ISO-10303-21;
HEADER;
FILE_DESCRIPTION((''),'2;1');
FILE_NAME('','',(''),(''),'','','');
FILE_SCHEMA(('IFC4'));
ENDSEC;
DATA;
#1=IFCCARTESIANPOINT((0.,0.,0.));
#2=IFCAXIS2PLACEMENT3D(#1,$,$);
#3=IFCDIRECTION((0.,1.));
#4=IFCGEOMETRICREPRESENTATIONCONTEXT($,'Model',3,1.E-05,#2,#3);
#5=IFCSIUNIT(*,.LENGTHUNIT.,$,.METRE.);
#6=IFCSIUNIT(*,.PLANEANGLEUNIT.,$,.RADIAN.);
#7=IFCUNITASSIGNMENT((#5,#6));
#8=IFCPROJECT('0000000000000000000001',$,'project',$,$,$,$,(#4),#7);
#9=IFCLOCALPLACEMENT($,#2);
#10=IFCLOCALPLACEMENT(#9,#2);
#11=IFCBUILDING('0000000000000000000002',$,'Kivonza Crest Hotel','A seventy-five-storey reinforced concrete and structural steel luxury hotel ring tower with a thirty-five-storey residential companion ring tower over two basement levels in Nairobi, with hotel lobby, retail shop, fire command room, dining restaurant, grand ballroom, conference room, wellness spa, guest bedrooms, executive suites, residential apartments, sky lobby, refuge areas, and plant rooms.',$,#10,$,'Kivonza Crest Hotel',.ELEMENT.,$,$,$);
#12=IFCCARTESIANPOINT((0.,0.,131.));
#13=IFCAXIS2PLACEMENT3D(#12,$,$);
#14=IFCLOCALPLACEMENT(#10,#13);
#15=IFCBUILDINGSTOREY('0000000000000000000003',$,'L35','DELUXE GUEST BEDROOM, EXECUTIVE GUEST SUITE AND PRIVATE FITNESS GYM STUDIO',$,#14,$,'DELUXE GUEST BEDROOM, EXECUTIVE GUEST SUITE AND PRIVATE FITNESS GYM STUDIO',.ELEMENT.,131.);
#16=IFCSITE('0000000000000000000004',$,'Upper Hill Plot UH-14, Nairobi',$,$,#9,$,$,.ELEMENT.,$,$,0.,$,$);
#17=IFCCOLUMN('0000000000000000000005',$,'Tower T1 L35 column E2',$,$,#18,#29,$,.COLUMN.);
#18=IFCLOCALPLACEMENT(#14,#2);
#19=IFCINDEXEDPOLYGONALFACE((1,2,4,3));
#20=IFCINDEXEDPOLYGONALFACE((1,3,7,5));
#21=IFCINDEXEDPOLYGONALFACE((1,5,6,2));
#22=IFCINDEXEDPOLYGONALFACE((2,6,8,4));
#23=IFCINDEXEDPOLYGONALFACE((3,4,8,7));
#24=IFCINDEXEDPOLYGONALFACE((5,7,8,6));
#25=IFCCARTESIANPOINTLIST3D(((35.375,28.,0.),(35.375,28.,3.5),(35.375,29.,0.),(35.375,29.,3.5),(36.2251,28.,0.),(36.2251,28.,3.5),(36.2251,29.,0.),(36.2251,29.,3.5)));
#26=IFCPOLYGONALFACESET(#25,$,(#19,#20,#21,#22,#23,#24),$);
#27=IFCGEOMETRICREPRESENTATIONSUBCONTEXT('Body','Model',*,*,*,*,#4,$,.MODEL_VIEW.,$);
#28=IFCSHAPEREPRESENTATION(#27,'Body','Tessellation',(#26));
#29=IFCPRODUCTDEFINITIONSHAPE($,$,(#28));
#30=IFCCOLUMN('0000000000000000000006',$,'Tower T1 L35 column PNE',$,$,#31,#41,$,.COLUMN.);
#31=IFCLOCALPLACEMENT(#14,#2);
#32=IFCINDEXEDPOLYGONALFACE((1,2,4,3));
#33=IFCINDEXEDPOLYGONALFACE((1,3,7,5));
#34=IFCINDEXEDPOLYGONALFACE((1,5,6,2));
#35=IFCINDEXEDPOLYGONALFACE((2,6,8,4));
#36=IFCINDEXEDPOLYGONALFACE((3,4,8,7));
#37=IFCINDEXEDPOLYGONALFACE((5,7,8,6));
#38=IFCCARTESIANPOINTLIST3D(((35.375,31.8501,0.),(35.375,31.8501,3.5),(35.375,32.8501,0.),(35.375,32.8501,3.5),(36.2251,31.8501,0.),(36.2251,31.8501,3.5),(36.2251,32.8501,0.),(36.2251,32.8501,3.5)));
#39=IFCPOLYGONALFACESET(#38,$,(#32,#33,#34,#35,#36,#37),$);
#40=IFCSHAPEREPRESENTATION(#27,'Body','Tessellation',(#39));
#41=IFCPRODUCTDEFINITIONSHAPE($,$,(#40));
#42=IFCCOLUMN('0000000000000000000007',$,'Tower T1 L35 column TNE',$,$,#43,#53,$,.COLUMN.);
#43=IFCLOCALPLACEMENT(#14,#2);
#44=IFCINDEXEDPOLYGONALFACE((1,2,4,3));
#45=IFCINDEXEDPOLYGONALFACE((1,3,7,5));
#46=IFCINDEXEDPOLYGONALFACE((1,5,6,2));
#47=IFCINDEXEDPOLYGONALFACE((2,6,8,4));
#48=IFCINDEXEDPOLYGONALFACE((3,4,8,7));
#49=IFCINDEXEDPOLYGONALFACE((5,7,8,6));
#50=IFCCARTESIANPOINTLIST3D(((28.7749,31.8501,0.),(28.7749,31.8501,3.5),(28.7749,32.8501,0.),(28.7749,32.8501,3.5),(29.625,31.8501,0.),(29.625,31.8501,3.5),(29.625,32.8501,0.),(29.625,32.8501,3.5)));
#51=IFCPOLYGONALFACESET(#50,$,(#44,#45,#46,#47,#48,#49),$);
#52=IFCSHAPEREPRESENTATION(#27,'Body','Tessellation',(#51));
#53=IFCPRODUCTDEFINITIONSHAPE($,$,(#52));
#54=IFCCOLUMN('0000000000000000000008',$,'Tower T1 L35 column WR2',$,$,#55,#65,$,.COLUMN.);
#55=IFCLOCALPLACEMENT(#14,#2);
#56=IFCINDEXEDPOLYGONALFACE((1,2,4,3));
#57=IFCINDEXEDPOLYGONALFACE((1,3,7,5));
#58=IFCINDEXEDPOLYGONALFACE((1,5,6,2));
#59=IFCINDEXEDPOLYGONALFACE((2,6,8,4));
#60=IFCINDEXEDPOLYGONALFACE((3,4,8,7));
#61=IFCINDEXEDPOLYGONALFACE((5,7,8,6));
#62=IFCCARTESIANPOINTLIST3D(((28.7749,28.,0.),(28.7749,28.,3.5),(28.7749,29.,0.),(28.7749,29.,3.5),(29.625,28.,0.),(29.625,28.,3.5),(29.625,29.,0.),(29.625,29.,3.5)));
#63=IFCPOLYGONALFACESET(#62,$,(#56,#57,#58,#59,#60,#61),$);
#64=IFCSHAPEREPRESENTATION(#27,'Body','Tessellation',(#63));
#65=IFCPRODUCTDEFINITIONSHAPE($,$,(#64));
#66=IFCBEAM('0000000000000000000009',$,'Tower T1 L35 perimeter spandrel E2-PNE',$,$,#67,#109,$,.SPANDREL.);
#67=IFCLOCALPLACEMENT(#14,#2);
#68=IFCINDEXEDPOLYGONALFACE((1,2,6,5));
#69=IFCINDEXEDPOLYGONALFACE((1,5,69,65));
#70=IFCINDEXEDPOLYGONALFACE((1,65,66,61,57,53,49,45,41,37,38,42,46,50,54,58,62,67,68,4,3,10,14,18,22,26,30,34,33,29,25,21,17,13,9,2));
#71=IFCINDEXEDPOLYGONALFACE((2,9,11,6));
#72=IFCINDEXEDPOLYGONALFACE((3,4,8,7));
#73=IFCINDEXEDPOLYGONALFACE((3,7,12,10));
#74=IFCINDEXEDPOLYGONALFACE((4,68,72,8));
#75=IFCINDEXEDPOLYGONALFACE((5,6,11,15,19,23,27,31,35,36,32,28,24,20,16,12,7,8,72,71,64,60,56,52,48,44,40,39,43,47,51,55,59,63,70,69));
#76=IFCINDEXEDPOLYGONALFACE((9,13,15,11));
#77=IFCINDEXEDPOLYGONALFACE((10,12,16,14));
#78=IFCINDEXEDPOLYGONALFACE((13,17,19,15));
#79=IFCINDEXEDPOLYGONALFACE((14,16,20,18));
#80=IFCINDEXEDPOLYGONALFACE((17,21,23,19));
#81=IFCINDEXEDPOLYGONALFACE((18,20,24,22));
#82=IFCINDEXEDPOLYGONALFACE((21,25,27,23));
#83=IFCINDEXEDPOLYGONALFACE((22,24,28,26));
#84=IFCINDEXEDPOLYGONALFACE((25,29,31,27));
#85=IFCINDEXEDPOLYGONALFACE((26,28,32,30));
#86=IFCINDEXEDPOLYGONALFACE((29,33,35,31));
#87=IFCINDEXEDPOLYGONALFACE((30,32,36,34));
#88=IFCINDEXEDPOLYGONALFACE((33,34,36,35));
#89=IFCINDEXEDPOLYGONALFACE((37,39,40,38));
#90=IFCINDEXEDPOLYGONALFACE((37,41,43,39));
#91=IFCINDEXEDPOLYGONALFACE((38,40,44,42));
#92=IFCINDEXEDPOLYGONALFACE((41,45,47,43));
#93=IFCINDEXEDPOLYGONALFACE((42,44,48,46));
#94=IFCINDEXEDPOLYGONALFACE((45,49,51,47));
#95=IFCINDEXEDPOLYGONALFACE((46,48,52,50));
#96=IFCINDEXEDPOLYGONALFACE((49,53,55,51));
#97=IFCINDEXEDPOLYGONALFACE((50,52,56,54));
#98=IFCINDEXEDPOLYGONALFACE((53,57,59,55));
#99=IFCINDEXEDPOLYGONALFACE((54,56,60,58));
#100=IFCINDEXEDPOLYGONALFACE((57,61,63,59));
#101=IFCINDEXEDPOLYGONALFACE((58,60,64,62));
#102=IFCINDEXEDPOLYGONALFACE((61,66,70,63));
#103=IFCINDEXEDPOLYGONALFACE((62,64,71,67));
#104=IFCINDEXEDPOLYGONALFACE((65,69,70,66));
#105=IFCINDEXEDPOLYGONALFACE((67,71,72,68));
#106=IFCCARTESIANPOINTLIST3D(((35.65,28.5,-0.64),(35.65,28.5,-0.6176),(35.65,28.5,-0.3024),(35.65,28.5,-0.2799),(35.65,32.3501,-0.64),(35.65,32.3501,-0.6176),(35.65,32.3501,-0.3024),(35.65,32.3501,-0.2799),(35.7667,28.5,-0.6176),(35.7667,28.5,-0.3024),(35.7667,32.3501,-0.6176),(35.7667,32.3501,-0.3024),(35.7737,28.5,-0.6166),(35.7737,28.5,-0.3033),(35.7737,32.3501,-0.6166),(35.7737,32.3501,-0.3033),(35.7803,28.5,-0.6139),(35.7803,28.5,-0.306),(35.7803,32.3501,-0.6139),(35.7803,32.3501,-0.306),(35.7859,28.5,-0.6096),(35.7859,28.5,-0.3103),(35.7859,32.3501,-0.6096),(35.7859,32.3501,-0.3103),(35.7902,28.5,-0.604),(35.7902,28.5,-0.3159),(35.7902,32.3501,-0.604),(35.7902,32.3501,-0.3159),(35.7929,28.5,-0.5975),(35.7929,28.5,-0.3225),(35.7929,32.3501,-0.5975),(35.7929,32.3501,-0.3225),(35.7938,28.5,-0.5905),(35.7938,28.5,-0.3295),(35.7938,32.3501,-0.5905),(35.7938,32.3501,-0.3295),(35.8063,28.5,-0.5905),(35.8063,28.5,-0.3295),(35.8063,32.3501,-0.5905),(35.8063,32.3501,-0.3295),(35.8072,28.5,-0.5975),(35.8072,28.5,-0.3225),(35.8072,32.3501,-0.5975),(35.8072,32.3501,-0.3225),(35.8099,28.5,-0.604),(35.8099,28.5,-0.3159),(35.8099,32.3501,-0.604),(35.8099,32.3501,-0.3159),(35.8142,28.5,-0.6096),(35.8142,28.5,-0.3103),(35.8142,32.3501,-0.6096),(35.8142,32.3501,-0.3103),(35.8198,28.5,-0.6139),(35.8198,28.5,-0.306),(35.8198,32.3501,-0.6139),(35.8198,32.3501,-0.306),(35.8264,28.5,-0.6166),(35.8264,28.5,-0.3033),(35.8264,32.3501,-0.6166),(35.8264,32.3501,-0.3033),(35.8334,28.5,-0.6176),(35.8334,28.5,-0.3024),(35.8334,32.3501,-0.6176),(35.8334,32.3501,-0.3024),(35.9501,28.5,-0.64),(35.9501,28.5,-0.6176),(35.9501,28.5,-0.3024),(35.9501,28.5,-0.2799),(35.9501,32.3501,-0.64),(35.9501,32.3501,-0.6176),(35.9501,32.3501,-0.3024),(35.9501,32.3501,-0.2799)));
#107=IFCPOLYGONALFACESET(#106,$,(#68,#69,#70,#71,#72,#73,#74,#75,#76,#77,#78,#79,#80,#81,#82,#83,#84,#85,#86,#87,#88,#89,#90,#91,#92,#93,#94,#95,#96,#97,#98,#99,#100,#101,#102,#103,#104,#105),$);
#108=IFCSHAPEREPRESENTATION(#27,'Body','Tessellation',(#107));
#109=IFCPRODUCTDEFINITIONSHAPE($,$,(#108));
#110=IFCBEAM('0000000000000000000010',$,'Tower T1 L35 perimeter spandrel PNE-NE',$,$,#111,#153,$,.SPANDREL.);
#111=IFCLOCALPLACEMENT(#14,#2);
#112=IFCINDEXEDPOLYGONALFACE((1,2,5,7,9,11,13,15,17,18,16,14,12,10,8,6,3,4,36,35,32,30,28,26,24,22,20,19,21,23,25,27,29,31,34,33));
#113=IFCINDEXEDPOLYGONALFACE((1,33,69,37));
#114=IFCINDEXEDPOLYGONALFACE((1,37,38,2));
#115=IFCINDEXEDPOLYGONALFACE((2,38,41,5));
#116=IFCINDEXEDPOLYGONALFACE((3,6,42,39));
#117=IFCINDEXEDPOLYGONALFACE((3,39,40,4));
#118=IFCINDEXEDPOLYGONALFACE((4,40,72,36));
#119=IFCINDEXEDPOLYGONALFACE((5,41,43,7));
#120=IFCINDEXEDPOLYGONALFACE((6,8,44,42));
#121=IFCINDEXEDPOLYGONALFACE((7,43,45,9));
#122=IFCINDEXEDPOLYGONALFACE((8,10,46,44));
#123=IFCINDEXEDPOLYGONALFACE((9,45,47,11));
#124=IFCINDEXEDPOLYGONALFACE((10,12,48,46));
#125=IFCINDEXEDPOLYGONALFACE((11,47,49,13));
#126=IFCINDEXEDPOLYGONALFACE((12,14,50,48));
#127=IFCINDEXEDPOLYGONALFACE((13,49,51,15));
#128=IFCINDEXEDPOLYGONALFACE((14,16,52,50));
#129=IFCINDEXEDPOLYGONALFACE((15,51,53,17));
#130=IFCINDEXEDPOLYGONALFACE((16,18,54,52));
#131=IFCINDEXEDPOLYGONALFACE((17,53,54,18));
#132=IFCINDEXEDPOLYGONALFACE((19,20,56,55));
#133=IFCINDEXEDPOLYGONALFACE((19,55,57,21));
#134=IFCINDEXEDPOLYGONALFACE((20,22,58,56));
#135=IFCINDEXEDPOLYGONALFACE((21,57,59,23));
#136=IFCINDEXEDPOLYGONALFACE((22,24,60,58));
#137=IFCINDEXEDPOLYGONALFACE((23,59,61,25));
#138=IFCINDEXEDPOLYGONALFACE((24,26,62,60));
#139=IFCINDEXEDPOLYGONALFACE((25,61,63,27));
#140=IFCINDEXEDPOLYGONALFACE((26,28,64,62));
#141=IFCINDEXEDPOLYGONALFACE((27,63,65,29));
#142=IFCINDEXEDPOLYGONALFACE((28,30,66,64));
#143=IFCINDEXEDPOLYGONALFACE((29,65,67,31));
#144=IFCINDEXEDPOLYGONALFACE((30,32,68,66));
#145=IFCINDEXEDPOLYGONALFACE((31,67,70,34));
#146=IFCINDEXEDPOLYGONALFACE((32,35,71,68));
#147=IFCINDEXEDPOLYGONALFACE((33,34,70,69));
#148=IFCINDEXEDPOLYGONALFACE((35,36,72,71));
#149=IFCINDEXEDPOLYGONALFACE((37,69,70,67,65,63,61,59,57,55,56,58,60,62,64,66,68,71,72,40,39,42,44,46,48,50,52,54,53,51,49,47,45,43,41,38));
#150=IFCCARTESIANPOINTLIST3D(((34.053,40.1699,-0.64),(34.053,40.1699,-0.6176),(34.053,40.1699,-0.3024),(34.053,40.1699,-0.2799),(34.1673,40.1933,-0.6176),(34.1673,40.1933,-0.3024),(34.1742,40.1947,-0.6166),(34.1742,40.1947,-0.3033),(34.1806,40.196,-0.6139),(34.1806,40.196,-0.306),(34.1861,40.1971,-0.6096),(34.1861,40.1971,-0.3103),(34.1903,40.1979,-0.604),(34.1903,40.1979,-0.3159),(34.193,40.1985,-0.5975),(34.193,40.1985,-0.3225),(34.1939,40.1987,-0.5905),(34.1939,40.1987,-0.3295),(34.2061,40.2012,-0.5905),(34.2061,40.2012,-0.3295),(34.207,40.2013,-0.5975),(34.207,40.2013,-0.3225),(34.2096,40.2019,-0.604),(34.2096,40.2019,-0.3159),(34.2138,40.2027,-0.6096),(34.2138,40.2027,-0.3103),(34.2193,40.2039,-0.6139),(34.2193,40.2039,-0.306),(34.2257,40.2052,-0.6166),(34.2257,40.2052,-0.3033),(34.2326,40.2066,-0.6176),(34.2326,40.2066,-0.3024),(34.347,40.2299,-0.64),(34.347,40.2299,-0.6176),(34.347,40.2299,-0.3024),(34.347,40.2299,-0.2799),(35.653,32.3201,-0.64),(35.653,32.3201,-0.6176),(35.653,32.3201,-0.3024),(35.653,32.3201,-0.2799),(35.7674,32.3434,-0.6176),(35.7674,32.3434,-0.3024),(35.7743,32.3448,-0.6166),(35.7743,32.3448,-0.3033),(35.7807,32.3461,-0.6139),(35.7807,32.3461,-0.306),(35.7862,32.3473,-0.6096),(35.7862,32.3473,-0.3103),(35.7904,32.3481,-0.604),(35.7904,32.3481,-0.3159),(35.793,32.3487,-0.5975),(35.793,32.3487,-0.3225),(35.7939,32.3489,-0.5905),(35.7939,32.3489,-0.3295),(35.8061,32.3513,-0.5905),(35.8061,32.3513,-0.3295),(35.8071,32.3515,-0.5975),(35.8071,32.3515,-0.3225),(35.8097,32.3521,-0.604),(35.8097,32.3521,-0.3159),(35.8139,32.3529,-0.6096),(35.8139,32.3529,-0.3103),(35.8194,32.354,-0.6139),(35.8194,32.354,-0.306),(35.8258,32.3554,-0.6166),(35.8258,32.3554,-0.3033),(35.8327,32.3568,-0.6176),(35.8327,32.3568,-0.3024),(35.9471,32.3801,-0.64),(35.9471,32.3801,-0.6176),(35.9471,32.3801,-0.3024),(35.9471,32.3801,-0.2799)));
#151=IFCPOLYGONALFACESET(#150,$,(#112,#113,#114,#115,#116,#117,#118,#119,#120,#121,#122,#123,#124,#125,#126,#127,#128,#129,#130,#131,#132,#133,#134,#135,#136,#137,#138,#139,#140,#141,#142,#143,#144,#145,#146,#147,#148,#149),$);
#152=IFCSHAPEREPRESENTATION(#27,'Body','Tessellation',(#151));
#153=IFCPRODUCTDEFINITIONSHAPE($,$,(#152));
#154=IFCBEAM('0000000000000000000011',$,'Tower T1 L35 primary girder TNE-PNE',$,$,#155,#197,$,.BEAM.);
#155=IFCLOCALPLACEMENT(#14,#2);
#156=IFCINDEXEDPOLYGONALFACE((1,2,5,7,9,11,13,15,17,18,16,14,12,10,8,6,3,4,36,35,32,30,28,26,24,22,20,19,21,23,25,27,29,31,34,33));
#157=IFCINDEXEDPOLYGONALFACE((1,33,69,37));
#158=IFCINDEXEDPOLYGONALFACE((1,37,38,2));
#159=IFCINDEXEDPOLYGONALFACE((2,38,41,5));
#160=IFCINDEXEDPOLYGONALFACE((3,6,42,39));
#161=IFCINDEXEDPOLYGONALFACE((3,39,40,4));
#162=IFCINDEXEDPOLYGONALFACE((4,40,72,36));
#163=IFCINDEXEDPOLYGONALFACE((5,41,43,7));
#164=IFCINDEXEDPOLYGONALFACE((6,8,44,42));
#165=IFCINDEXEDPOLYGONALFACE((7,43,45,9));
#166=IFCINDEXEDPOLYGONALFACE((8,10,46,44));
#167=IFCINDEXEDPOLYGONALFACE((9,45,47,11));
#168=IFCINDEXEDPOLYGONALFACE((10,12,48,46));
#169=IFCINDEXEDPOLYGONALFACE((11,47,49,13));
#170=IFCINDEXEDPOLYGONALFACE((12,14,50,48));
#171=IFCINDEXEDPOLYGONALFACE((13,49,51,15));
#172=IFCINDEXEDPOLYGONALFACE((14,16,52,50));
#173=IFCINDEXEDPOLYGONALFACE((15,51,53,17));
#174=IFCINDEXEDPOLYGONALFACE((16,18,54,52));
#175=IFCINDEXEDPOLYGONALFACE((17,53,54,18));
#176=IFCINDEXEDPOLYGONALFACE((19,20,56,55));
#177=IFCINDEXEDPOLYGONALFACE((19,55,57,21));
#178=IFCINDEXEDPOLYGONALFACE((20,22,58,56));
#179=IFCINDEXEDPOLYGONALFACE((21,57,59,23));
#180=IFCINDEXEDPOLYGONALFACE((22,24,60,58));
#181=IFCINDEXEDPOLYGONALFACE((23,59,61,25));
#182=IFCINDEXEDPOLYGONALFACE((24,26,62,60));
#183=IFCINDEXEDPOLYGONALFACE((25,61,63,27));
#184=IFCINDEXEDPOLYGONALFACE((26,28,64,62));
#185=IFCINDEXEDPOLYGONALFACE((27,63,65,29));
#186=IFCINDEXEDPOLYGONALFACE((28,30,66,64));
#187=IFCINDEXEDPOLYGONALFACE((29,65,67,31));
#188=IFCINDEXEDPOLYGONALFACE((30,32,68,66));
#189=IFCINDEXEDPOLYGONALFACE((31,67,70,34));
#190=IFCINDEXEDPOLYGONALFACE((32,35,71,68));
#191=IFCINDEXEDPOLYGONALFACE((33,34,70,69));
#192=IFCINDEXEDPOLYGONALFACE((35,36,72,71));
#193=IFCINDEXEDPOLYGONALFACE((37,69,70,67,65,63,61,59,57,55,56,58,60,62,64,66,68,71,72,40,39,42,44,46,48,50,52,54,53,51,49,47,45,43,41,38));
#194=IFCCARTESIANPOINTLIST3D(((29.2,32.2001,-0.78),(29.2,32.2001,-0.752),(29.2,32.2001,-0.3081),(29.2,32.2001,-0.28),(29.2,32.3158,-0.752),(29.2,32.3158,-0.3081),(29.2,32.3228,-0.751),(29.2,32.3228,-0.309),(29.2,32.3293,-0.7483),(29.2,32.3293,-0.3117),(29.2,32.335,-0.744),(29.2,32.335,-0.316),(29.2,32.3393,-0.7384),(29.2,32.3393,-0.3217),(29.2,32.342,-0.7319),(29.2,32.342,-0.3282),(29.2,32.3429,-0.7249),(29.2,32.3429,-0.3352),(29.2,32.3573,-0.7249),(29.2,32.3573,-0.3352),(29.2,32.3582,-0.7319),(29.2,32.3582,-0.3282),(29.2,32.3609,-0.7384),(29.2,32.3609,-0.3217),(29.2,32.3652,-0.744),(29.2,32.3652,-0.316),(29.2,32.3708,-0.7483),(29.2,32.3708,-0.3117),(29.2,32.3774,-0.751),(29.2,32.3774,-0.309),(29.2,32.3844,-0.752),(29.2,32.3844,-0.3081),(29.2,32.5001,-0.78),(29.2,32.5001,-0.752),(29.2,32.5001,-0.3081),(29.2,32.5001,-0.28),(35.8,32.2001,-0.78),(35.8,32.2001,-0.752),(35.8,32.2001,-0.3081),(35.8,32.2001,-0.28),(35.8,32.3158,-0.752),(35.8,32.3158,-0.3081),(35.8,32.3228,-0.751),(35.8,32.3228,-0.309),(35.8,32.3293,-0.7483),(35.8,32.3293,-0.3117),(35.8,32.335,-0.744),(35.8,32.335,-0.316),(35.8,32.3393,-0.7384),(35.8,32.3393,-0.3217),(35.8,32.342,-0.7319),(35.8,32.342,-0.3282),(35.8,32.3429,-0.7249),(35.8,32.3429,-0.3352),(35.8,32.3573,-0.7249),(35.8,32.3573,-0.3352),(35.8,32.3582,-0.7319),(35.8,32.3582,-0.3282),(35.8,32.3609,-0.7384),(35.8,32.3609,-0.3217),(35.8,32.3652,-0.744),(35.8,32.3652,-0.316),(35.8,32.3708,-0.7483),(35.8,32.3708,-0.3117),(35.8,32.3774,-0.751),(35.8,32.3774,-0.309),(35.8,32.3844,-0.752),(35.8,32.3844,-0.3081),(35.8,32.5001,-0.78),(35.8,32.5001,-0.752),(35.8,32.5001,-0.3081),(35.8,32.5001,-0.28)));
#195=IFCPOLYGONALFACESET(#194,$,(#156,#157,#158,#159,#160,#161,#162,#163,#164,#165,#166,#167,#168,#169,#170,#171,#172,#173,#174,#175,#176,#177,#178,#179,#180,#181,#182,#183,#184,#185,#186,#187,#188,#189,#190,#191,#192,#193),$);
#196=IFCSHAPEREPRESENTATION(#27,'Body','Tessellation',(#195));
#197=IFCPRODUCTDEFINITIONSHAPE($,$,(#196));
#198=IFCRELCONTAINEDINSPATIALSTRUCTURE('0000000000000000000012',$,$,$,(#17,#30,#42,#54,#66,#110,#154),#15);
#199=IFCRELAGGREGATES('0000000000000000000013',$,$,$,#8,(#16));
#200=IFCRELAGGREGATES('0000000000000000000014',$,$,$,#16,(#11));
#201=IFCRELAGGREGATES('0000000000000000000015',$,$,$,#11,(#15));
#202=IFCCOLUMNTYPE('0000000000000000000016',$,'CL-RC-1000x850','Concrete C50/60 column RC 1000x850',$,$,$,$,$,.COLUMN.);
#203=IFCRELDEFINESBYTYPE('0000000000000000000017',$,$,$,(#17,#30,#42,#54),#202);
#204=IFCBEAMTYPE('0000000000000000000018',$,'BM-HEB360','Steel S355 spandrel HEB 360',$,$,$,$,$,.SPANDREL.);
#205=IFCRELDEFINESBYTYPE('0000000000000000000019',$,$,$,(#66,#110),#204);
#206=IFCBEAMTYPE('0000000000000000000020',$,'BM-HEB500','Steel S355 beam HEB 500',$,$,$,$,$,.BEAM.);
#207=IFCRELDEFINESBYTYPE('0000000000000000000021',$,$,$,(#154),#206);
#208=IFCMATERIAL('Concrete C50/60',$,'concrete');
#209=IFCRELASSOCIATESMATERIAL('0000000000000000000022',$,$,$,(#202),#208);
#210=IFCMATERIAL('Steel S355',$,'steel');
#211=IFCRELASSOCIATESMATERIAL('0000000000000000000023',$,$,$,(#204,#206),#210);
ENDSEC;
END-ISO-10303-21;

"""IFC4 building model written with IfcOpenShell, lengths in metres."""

from ifc_helpers import new_model, si_unit, direction, frame, origin, origin_2d, place, context, subcontext, project, spatial, rectangle, i_section, extrude, material, material_profile, profile_set, type_object, element, save


model = new_model("IFC4")

# Units and contexts
model_context = context("Model", 3, precision=1e-05, world=origin(), true_north=direction((0.0, 1.0)))
body_context = subcontext(model_context, "Body", "Model", "MODEL_VIEW")
ifc_project = project(units=[si_unit("LENGTHUNIT", "METRE"), si_unit("PLANEANGLEUNIT", "RADIAN")], contexts=[model_context])

# Site, building, storey
site_placement = place(None, origin())
site = spatial("IfcSite", under=ifc_project, at=site_placement, Name="Upper Hill Plot UH-14, Nairobi", CompositionType="ELEMENT", RefElevation=0.0)
building_placement = place(site_placement, origin())
building = spatial("IfcBuilding", under=site, at=building_placement, Name="Kivonza Crest Hotel", Description="A seventy-five-storey reinforced concrete and structural steel luxury hotel ring tower with a thirty-five-storey residential companion ring tower over two basement levels in Nairobi, with hotel lobby, retail shop, fire command room, dining restaurant, grand ballroom, conference room, wellness spa, guest bedrooms, executive suites, residential apartments, sky lobby, refuge areas, and plant rooms.", LongName="Kivonza Crest Hotel", CompositionType="ELEMENT")
storey_placement = place(building_placement, frame((0.0, 0.0, 131.0)))
storey = spatial("IfcBuildingStorey", under=building, at=storey_placement, Name="L35", Description="DELUXE GUEST BEDROOM, EXECUTIVE GUEST SUITE AND PRIVATE FITNESS GYM STUDIO", LongName="DELUXE GUEST BEDROOM, EXECUTIVE GUEST SUITE AND PRIVATE FITNESS GYM STUDIO", CompositionType="ELEMENT", Elevation=131.0)

# Columns
ifc_material_1 = material(Name="Concrete C50/60", Category="concrete")
ifc_material_profile_1 = material_profile(ifc_material_1, rectangle(XDim=0.8501, YDim=1.0, at=origin_2d()), Name="RC 1000x850")
ifc_profile_set_1 = profile_set([ifc_material_profile_1], Name="Concrete C50/60")
column_type = type_object("IfcColumnType", Name="CL-RC-1000x850", Description="Concrete C50/60 column RC 1000x850", PredefinedType="COLUMN", material=ifc_profile_set_1)
for number, where, z_axis, x_axis, name in (
    (1, (35.8, 28.5, 0.0), (0.0, 0.0, 1.0), (1.0, 0.0, 0.0), "Tower T1 L35 column E2"),
    (2, (35.8, 32.3501, 0.0), (0.0, 0.0, 1.0), (1.0, 0.0, 0.0), "Tower T1 L35 column PNE"),
    (3, (29.2, 32.3501, 0.0), (0.0, 0.0, 1.0), (1.0, 0.0, 0.0), "Tower T1 L35 column TNE"),
    (4, (29.2, 28.5, 0.0), (0.0, 0.0, 1.0), (1.0, 0.0, 0.0), "Tower T1 L35 column WR2"),
):
    element("IfcColumn", number, at=place(storey_placement, frame(where, z_axis=z_axis, x_axis=x_axis)), inside=storey, type_object=column_type, Name=name, PredefinedType="COLUMN", context=body_context, shape_type="SweptSolid", body=[
        extrude(rectangle(XDim=0.8501, YDim=1.0, at=origin_2d()), origin(), (0.0, 0.0, 1.0), 3.5),
    ])

# Beams
ifc_material_2 = material(Name="Steel S355", Category="steel")
ifc_material_profile_2 = material_profile(ifc_material_2, i_section(OverallWidth=0.3, OverallDepth=0.3601, WebThickness=0.0125, FlangeThickness=0.0225, FilletRadius=0.0271, at=origin_2d()), Name="HEB 360")
ifc_profile_set_2 = profile_set([ifc_material_profile_2], Name="Steel S355")
beam_type_1 = type_object("IfcBeamType", Name="BM-HEB360", Description="Steel S355 spandrel HEB 360", PredefinedType="SPANDREL", material=ifc_profile_set_2)
beam_1_placement = place(storey_placement, frame((35.8, 28.5, -0.46), z_axis=(0.0, 1.0, 0.0), x_axis=(-1.0, 0.0, 0.0)))
element("IfcBeam", 5, at=beam_1_placement, inside=storey, type_object=beam_type_1, Name="Tower T1 L35 perimeter spandrel E2-PNE", PredefinedType="SPANDREL", context=body_context, shape_type="SweptSolid", body=[
    extrude(i_section(OverallWidth=0.3, OverallDepth=0.3601, WebThickness=0.0125, FlangeThickness=0.0225, FilletRadius=0.0271, at=origin_2d()), origin(), (0.0, 0.0, 1.0), 3.8501),
])
beam_2_placement = place(storey_placement, frame((35.8, 32.3501, -0.46), z_axis=(-0.199731, 0.979851, 0.0), x_axis=(-0.979851, -0.199731, 0.0)))
element("IfcBeam", 6, at=beam_2_placement, inside=storey, type_object=beam_type_1, Name="Tower T1 L35 perimeter spandrel PNE-NE", PredefinedType="SPANDREL", context=body_context, shape_type="SweptSolid", body=[
    extrude(i_section(OverallWidth=0.3, OverallDepth=0.3601, WebThickness=0.0125, FlangeThickness=0.0225, FilletRadius=0.0271, at=origin_2d()), origin(), (0.0, 0.0, 1.0), 8.0112),
])
ifc_material_profile_3 = material_profile(ifc_material_2, i_section(OverallWidth=0.3, OverallDepth=0.5, WebThickness=0.0144, FlangeThickness=0.0281, FilletRadius=0.0271, at=origin_2d()), Name="HEB 500")
ifc_profile_set_3 = profile_set([ifc_material_profile_3], Name="Steel S355")
beam_type_2 = type_object("IfcBeamType", Name="BM-HEB500", Description="Steel S355 beam HEB 500", PredefinedType="BEAM", material=ifc_profile_set_3)
beam_3_placement = place(storey_placement, frame((29.2, 32.3501, -0.53), z_axis=(1.0, 0.0, 0.0), x_axis=(0.0, 1.0, 0.0)))
element("IfcBeam", 7, at=beam_3_placement, inside=storey, type_object=beam_type_2, Name="Tower T1 L35 primary girder TNE-PNE", PredefinedType="BEAM", context=body_context, shape_type="SweptSolid", body=[
    extrude(i_section(OverallWidth=0.3, OverallDepth=0.5, WebThickness=0.0144, FlangeThickness=0.0281, FilletRadius=0.0271, at=origin_2d()), origin(), (0.0, 0.0, 1.0), 6.6001),
])

save(model, "model.ifc")
